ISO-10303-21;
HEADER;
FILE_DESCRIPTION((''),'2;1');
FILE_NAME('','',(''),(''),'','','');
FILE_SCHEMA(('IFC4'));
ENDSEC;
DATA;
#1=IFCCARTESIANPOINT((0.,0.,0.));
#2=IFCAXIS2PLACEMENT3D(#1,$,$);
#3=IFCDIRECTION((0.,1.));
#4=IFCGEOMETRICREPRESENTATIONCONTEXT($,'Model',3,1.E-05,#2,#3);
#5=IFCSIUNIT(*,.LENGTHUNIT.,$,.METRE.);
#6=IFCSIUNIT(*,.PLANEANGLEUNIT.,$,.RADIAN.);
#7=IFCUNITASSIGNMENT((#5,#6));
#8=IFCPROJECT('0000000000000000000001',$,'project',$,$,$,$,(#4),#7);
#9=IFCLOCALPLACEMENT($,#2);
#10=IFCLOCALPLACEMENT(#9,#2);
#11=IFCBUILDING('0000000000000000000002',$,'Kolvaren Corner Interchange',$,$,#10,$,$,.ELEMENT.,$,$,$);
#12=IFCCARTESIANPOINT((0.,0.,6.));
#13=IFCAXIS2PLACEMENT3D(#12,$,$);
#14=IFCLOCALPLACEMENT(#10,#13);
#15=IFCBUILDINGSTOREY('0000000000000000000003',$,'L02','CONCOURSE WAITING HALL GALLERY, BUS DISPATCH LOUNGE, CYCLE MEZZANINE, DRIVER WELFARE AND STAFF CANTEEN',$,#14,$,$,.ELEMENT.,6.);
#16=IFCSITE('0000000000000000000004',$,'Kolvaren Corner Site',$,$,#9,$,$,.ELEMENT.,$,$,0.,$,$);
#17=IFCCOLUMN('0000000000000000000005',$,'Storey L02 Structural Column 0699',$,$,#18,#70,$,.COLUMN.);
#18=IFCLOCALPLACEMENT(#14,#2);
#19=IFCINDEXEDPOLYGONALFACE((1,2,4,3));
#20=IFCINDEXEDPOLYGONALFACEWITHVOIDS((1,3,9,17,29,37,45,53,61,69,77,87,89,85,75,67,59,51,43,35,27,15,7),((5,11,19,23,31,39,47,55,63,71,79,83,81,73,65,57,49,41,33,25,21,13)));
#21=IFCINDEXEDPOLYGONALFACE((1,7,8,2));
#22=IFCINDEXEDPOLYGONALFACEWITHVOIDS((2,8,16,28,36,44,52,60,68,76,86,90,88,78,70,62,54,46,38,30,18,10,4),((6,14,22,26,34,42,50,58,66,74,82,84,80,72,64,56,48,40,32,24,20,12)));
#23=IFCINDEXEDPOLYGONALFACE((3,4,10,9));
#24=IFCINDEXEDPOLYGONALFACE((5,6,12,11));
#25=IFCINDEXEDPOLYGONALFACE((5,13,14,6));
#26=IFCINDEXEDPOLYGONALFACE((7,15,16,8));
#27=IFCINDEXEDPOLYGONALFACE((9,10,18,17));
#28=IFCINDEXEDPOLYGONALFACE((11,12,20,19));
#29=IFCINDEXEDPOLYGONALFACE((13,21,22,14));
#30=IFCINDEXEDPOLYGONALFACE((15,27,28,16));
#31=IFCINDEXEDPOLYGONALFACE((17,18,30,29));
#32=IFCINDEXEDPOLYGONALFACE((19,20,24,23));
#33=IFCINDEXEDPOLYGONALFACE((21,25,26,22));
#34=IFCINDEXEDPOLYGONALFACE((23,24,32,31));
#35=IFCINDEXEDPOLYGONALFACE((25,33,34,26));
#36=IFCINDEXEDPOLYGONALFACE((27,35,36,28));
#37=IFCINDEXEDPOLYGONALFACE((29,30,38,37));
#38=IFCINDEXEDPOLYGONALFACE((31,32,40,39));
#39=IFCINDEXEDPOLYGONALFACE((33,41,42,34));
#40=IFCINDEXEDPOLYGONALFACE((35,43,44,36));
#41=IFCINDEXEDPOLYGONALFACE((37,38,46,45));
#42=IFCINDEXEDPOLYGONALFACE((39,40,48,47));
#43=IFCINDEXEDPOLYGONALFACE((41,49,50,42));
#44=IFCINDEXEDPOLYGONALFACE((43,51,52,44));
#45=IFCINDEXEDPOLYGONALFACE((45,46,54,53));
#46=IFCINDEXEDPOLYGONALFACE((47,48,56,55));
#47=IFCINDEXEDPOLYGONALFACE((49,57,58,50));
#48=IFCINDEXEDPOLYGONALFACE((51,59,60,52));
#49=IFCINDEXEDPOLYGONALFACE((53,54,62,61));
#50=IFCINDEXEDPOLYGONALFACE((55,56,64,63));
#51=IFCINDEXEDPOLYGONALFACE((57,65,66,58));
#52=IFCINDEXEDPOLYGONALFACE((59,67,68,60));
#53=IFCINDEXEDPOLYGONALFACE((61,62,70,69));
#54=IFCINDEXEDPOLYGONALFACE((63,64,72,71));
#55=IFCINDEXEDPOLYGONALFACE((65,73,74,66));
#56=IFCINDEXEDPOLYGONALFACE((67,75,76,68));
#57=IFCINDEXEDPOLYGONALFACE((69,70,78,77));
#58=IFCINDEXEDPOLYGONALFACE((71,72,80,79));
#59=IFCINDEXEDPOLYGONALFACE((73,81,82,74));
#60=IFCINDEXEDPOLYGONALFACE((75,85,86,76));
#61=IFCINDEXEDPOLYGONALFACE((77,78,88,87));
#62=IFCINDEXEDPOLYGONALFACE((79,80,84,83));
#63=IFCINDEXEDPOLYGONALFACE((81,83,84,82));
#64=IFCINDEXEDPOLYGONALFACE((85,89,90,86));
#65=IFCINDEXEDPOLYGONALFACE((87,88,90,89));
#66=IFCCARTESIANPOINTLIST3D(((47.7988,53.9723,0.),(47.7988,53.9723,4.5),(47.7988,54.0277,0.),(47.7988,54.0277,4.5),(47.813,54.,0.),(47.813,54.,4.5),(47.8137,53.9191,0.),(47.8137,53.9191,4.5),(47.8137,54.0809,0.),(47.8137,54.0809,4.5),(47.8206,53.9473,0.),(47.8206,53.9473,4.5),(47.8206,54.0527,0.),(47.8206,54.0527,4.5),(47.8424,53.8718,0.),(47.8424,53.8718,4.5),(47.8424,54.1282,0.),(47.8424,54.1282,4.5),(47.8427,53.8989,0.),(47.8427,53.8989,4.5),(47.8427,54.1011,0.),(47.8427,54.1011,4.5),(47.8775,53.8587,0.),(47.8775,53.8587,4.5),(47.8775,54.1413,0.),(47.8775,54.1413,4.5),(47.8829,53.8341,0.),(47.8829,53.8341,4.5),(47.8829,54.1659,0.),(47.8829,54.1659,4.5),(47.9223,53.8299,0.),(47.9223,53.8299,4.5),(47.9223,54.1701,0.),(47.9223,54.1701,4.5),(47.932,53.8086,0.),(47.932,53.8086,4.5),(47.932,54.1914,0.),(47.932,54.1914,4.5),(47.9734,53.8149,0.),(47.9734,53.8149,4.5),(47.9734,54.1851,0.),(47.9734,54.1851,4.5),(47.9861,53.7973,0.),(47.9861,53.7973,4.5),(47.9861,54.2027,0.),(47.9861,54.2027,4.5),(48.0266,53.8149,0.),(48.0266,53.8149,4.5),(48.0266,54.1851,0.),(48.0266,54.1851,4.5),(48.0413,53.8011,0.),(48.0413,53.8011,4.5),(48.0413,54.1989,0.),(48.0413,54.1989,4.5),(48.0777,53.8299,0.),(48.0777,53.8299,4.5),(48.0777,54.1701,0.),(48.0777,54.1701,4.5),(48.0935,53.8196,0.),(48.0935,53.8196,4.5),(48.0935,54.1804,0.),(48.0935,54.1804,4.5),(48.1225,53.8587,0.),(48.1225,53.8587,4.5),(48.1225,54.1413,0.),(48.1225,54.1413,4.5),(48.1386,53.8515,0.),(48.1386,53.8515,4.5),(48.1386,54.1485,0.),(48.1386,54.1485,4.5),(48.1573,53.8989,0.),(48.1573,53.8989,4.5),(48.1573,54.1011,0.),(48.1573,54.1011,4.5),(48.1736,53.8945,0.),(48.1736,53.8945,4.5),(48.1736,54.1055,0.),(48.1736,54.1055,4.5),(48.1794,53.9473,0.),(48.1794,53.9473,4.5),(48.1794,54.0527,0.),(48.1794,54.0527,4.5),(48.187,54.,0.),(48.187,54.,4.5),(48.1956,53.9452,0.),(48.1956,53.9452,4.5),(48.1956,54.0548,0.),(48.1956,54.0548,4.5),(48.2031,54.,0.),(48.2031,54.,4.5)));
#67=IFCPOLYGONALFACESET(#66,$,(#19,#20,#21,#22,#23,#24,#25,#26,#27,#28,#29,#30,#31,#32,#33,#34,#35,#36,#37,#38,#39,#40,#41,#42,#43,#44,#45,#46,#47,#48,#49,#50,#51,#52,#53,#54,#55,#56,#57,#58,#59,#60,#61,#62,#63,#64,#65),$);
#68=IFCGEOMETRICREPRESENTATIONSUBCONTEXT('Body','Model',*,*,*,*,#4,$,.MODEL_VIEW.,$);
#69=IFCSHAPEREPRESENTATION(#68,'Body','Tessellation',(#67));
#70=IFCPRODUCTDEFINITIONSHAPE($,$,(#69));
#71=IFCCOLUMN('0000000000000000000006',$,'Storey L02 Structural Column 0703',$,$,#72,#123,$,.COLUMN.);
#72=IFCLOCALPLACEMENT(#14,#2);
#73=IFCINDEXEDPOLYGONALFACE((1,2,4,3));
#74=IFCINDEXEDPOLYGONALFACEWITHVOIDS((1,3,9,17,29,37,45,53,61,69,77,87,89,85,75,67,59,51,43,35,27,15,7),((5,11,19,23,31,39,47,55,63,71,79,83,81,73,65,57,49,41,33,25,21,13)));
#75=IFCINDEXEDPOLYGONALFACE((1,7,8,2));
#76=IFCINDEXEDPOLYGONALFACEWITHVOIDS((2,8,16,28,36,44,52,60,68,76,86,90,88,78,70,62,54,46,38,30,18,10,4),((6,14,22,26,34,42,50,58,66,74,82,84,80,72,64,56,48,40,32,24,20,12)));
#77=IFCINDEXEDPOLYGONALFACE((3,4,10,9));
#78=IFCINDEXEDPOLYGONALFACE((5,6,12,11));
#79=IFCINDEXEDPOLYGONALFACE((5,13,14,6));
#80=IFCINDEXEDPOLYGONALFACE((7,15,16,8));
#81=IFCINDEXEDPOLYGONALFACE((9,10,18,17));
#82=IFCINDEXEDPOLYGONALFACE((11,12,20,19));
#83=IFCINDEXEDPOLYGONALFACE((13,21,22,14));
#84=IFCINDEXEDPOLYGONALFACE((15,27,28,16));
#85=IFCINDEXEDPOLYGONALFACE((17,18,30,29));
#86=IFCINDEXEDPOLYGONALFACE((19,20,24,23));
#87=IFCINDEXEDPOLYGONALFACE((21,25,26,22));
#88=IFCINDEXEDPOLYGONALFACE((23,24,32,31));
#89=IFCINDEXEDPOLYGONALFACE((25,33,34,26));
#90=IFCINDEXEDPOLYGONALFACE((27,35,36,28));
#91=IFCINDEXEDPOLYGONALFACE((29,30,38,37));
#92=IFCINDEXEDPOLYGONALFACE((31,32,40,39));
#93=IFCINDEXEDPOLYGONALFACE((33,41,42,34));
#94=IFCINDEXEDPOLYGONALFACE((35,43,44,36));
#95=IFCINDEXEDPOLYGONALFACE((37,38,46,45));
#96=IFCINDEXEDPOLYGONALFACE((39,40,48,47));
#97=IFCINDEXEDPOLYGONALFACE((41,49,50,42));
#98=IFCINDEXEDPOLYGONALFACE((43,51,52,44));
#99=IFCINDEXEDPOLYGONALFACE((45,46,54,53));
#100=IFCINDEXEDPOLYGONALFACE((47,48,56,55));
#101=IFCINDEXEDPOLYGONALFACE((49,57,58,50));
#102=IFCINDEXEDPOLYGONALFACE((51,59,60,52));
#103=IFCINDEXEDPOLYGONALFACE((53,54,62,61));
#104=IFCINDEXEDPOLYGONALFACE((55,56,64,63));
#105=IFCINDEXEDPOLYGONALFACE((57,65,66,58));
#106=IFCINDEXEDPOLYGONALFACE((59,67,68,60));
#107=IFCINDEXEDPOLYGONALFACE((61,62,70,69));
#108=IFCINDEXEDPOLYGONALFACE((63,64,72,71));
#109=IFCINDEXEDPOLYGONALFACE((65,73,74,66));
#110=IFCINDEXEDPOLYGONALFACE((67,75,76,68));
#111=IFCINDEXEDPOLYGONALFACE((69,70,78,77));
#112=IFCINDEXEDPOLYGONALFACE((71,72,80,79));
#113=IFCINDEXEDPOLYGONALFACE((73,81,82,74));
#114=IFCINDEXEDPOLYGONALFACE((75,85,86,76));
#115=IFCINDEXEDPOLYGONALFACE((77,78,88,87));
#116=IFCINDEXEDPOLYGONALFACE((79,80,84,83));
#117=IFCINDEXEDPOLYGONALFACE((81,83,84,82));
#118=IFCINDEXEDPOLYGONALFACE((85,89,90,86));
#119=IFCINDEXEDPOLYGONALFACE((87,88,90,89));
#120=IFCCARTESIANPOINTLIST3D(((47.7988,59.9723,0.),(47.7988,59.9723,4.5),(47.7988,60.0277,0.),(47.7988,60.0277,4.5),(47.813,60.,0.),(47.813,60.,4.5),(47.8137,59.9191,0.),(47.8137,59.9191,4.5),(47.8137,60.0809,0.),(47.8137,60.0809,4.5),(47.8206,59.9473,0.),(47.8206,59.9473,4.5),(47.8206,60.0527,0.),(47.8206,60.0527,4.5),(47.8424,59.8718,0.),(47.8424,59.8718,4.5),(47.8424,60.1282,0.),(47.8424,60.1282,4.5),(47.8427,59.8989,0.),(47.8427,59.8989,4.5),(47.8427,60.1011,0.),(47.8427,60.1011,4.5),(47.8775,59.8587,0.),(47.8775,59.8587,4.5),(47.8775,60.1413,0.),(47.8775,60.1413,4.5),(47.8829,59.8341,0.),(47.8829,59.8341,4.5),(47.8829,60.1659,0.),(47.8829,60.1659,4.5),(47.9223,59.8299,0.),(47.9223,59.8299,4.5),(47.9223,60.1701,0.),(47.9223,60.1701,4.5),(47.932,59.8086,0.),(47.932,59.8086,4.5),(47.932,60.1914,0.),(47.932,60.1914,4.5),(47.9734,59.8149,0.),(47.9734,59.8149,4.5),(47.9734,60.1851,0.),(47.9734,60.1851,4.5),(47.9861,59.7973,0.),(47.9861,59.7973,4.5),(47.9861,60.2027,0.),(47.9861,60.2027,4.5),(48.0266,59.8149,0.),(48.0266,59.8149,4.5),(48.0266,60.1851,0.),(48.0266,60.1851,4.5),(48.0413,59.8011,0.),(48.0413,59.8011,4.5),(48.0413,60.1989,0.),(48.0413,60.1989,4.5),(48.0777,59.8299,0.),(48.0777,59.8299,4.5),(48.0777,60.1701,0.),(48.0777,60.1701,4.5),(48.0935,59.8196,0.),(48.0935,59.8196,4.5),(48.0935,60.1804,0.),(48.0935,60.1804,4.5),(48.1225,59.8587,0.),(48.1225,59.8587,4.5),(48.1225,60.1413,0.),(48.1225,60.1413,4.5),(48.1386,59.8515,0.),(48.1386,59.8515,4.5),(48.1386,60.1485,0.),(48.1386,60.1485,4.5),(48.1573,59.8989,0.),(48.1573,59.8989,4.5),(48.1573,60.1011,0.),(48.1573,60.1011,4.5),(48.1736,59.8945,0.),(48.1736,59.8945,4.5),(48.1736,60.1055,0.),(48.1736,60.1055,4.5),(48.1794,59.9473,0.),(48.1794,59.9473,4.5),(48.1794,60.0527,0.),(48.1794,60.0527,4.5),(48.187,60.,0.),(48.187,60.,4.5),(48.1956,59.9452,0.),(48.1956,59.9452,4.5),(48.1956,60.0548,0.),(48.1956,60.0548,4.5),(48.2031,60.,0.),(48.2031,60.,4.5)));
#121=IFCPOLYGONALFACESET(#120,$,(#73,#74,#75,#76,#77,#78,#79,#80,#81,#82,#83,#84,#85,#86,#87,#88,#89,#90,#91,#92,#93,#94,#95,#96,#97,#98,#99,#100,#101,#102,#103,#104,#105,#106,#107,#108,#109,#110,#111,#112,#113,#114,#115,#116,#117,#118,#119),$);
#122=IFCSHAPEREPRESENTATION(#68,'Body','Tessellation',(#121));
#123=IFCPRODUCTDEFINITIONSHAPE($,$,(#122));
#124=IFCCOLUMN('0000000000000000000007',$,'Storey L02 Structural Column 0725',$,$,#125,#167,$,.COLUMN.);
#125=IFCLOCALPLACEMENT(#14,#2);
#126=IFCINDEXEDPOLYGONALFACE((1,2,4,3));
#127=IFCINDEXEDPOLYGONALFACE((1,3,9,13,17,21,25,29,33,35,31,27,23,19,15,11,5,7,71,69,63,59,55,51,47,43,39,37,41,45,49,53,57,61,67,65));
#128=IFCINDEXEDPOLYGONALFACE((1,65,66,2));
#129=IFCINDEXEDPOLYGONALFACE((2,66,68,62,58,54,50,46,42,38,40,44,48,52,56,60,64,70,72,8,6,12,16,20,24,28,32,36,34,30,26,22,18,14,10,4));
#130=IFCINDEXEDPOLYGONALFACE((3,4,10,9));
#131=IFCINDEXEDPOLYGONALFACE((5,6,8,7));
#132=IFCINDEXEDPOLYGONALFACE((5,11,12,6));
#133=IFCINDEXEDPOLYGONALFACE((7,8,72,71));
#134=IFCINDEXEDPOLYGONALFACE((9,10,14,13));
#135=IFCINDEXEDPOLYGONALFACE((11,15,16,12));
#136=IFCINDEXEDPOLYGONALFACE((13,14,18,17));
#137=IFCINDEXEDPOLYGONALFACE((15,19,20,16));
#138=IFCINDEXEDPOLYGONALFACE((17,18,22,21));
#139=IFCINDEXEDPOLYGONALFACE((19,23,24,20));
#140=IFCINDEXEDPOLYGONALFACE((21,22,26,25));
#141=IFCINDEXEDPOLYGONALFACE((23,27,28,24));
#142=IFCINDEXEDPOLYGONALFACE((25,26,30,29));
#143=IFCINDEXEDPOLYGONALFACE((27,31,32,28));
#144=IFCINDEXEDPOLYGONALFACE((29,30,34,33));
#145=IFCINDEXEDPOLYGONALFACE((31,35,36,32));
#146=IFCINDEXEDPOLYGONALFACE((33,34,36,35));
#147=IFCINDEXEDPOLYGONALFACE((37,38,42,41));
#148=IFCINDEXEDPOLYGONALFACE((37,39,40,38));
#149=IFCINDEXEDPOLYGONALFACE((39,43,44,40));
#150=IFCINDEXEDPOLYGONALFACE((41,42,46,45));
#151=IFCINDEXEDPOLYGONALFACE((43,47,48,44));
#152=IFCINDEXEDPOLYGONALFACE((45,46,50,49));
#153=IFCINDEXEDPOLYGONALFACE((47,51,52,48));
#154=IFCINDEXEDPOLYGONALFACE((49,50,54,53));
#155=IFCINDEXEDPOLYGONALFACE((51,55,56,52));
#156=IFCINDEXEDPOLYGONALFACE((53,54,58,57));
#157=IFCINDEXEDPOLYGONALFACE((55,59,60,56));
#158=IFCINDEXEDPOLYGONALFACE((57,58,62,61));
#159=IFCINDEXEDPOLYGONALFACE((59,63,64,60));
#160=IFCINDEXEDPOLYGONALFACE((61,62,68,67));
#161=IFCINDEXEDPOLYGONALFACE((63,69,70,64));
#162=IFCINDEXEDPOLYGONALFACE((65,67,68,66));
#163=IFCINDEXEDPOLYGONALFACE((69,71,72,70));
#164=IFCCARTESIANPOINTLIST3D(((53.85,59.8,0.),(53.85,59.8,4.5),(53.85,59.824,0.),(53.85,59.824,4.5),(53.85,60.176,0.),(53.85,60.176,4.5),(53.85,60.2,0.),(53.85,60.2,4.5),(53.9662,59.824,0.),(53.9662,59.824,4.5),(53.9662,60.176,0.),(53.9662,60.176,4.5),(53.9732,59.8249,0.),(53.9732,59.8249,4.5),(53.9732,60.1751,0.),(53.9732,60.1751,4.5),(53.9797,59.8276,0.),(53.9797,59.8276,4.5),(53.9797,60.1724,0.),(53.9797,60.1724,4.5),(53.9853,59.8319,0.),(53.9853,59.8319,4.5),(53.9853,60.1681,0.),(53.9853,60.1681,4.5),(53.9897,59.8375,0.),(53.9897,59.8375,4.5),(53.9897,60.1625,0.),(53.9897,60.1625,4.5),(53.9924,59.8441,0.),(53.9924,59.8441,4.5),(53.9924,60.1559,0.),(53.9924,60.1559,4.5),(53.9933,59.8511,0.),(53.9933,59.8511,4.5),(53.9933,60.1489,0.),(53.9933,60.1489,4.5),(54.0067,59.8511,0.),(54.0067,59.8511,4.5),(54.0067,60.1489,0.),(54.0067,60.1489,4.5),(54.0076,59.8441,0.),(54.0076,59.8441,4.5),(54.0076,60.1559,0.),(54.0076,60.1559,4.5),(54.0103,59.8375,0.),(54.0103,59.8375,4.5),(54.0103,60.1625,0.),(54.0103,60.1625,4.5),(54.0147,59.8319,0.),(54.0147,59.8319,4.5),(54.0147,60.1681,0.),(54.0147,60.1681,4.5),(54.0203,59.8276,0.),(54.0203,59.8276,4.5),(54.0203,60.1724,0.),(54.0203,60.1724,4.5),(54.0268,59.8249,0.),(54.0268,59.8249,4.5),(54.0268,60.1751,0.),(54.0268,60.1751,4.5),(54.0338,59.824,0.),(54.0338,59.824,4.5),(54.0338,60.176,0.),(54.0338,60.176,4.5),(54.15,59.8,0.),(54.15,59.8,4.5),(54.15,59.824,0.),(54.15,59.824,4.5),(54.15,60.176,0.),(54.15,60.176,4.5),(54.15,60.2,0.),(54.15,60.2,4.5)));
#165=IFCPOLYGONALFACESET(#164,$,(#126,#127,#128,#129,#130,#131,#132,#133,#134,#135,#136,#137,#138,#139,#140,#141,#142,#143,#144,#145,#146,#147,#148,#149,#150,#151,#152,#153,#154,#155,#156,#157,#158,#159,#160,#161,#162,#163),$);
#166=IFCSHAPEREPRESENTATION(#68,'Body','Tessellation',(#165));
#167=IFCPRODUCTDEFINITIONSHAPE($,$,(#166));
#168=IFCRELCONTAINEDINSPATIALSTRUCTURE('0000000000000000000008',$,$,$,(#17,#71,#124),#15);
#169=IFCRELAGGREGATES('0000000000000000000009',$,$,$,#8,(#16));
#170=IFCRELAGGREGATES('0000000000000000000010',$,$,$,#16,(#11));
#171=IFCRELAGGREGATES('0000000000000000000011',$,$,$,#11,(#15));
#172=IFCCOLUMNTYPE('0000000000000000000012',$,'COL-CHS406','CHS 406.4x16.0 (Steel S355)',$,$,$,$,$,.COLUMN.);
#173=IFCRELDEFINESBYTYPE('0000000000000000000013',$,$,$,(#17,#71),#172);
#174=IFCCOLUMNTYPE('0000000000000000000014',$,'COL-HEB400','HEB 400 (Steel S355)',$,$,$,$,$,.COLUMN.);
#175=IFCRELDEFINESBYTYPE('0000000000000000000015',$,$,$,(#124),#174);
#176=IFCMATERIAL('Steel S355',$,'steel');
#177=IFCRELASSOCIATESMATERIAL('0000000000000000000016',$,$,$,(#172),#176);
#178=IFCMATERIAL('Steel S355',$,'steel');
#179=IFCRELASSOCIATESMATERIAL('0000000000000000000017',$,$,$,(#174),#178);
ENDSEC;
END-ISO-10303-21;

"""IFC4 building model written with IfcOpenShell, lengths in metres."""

from ifc_helpers import new_model, si_unit, direction, frame, origin, origin_2d, place, context, subcontext, project, spatial, hollow_circle, i_section, extrude, material, material_profile, profile_set, type_object, element, save


model = new_model("IFC4")

# Units and contexts
model_context = context("Model", 3, precision=1e-05, world=origin(), true_north=direction((0.0, 1.0)))
body_context = subcontext(model_context, "Body", "Model", "MODEL_VIEW")
ifc_project = project(units=[si_unit("LENGTHUNIT", "METRE"), si_unit("PLANEANGLEUNIT", "RADIAN")], contexts=[model_context])

# Site, building, storey
site_placement = place(None, origin())
site = spatial("IfcSite", under=ifc_project, at=site_placement, Name="Kolvaren Corner Site", CompositionType="ELEMENT", RefElevation=0.0)
building_placement = place(site_placement, origin())
building = spatial("IfcBuilding", under=site, at=building_placement, Name="Kolvaren Corner Interchange", CompositionType="ELEMENT")
storey_placement = place(building_placement, frame((0.0, 0.0, 6.0)))
storey = spatial("IfcBuildingStorey", under=building, at=storey_placement, Name="L02", Description="CONCOURSE WAITING HALL GALLERY, BUS DISPATCH LOUNGE, CYCLE MEZZANINE, DRIVER WELFARE AND STAFF CANTEEN", CompositionType="ELEMENT", Elevation=6.0)

# Columns
ifc_material_1 = material(Name="Steel S355", Category="steel")
ifc_material_profile_1 = material_profile(ifc_material_1, hollow_circle(Radius=0.2031, WallThickness=0.0161, at=origin_2d()), Name="CHS 406.4x16.0")
ifc_profile_set_1 = profile_set([ifc_material_profile_1], Name="Steel S355")
column_type_1 = type_object("IfcColumnType", Name="COL-CHS406", Description="CHS 406.4x16.0 (Steel S355)", PredefinedType="COLUMN", material=ifc_profile_set_1)
for number, where, z_axis, x_axis, name in (
    (1, (48.0, 54.0, 0.0), (0.0, 0.0, 1.0), (1.0, 0.0, 0.0), "Storey L02 Structural Column 0699"),
    (2, (48.0, 60.0, 0.0), (0.0, 0.0, 1.0), (1.0, 0.0, 0.0), "Storey L02 Structural Column 0703"),
):
    element("IfcColumn", number, at=place(storey_placement, frame(where, z_axis=z_axis, x_axis=x_axis)), inside=storey, type_object=column_type_1, Name=name, PredefinedType="COLUMN", context=body_context, shape_type="SweptSolid", body=[
        extrude(hollow_circle(Radius=0.2031, WallThickness=0.0161, at=origin_2d()), origin(), (0.0, 0.0, 1.0), 4.5),
    ])
ifc_material_2 = material(Name="Steel S355", Category="steel")
ifc_material_profile_2 = material_profile(ifc_material_2, i_section(OverallWidth=0.3, OverallDepth=0.3999, WebThickness=0.0134, FlangeThickness=0.0239, FilletRadius=0.0271, at=origin_2d()), Name="HEB 400")
ifc_profile_set_2 = profile_set([ifc_material_profile_2], Name="Steel S355")
column_type_2 = type_object("IfcColumnType", Name="COL-HEB400", Description="HEB 400 (Steel S355)", PredefinedType="COLUMN", material=ifc_profile_set_2)
for number, where, z_axis, x_axis, name in (
    (3, (54.0, 60.0, 0.0), (0.0, 0.0, 1.0), (1.0, 0.0, 0.0), "Storey L02 Structural Column 0725"),
):
    element("IfcColumn", number, at=place(storey_placement, frame(where, z_axis=z_axis, x_axis=x_axis)), inside=storey, type_object=column_type_2, Name=name, PredefinedType="COLUMN", context=body_context, shape_type="SweptSolid", body=[
        extrude(i_section(OverallWidth=0.3, OverallDepth=0.3999, WebThickness=0.0134, FlangeThickness=0.0239, FilletRadius=0.0271, at=origin_2d()), origin(), (0.0, 0.0, 1.0), 4.5),
    ])

save(model, "model.ifc")
